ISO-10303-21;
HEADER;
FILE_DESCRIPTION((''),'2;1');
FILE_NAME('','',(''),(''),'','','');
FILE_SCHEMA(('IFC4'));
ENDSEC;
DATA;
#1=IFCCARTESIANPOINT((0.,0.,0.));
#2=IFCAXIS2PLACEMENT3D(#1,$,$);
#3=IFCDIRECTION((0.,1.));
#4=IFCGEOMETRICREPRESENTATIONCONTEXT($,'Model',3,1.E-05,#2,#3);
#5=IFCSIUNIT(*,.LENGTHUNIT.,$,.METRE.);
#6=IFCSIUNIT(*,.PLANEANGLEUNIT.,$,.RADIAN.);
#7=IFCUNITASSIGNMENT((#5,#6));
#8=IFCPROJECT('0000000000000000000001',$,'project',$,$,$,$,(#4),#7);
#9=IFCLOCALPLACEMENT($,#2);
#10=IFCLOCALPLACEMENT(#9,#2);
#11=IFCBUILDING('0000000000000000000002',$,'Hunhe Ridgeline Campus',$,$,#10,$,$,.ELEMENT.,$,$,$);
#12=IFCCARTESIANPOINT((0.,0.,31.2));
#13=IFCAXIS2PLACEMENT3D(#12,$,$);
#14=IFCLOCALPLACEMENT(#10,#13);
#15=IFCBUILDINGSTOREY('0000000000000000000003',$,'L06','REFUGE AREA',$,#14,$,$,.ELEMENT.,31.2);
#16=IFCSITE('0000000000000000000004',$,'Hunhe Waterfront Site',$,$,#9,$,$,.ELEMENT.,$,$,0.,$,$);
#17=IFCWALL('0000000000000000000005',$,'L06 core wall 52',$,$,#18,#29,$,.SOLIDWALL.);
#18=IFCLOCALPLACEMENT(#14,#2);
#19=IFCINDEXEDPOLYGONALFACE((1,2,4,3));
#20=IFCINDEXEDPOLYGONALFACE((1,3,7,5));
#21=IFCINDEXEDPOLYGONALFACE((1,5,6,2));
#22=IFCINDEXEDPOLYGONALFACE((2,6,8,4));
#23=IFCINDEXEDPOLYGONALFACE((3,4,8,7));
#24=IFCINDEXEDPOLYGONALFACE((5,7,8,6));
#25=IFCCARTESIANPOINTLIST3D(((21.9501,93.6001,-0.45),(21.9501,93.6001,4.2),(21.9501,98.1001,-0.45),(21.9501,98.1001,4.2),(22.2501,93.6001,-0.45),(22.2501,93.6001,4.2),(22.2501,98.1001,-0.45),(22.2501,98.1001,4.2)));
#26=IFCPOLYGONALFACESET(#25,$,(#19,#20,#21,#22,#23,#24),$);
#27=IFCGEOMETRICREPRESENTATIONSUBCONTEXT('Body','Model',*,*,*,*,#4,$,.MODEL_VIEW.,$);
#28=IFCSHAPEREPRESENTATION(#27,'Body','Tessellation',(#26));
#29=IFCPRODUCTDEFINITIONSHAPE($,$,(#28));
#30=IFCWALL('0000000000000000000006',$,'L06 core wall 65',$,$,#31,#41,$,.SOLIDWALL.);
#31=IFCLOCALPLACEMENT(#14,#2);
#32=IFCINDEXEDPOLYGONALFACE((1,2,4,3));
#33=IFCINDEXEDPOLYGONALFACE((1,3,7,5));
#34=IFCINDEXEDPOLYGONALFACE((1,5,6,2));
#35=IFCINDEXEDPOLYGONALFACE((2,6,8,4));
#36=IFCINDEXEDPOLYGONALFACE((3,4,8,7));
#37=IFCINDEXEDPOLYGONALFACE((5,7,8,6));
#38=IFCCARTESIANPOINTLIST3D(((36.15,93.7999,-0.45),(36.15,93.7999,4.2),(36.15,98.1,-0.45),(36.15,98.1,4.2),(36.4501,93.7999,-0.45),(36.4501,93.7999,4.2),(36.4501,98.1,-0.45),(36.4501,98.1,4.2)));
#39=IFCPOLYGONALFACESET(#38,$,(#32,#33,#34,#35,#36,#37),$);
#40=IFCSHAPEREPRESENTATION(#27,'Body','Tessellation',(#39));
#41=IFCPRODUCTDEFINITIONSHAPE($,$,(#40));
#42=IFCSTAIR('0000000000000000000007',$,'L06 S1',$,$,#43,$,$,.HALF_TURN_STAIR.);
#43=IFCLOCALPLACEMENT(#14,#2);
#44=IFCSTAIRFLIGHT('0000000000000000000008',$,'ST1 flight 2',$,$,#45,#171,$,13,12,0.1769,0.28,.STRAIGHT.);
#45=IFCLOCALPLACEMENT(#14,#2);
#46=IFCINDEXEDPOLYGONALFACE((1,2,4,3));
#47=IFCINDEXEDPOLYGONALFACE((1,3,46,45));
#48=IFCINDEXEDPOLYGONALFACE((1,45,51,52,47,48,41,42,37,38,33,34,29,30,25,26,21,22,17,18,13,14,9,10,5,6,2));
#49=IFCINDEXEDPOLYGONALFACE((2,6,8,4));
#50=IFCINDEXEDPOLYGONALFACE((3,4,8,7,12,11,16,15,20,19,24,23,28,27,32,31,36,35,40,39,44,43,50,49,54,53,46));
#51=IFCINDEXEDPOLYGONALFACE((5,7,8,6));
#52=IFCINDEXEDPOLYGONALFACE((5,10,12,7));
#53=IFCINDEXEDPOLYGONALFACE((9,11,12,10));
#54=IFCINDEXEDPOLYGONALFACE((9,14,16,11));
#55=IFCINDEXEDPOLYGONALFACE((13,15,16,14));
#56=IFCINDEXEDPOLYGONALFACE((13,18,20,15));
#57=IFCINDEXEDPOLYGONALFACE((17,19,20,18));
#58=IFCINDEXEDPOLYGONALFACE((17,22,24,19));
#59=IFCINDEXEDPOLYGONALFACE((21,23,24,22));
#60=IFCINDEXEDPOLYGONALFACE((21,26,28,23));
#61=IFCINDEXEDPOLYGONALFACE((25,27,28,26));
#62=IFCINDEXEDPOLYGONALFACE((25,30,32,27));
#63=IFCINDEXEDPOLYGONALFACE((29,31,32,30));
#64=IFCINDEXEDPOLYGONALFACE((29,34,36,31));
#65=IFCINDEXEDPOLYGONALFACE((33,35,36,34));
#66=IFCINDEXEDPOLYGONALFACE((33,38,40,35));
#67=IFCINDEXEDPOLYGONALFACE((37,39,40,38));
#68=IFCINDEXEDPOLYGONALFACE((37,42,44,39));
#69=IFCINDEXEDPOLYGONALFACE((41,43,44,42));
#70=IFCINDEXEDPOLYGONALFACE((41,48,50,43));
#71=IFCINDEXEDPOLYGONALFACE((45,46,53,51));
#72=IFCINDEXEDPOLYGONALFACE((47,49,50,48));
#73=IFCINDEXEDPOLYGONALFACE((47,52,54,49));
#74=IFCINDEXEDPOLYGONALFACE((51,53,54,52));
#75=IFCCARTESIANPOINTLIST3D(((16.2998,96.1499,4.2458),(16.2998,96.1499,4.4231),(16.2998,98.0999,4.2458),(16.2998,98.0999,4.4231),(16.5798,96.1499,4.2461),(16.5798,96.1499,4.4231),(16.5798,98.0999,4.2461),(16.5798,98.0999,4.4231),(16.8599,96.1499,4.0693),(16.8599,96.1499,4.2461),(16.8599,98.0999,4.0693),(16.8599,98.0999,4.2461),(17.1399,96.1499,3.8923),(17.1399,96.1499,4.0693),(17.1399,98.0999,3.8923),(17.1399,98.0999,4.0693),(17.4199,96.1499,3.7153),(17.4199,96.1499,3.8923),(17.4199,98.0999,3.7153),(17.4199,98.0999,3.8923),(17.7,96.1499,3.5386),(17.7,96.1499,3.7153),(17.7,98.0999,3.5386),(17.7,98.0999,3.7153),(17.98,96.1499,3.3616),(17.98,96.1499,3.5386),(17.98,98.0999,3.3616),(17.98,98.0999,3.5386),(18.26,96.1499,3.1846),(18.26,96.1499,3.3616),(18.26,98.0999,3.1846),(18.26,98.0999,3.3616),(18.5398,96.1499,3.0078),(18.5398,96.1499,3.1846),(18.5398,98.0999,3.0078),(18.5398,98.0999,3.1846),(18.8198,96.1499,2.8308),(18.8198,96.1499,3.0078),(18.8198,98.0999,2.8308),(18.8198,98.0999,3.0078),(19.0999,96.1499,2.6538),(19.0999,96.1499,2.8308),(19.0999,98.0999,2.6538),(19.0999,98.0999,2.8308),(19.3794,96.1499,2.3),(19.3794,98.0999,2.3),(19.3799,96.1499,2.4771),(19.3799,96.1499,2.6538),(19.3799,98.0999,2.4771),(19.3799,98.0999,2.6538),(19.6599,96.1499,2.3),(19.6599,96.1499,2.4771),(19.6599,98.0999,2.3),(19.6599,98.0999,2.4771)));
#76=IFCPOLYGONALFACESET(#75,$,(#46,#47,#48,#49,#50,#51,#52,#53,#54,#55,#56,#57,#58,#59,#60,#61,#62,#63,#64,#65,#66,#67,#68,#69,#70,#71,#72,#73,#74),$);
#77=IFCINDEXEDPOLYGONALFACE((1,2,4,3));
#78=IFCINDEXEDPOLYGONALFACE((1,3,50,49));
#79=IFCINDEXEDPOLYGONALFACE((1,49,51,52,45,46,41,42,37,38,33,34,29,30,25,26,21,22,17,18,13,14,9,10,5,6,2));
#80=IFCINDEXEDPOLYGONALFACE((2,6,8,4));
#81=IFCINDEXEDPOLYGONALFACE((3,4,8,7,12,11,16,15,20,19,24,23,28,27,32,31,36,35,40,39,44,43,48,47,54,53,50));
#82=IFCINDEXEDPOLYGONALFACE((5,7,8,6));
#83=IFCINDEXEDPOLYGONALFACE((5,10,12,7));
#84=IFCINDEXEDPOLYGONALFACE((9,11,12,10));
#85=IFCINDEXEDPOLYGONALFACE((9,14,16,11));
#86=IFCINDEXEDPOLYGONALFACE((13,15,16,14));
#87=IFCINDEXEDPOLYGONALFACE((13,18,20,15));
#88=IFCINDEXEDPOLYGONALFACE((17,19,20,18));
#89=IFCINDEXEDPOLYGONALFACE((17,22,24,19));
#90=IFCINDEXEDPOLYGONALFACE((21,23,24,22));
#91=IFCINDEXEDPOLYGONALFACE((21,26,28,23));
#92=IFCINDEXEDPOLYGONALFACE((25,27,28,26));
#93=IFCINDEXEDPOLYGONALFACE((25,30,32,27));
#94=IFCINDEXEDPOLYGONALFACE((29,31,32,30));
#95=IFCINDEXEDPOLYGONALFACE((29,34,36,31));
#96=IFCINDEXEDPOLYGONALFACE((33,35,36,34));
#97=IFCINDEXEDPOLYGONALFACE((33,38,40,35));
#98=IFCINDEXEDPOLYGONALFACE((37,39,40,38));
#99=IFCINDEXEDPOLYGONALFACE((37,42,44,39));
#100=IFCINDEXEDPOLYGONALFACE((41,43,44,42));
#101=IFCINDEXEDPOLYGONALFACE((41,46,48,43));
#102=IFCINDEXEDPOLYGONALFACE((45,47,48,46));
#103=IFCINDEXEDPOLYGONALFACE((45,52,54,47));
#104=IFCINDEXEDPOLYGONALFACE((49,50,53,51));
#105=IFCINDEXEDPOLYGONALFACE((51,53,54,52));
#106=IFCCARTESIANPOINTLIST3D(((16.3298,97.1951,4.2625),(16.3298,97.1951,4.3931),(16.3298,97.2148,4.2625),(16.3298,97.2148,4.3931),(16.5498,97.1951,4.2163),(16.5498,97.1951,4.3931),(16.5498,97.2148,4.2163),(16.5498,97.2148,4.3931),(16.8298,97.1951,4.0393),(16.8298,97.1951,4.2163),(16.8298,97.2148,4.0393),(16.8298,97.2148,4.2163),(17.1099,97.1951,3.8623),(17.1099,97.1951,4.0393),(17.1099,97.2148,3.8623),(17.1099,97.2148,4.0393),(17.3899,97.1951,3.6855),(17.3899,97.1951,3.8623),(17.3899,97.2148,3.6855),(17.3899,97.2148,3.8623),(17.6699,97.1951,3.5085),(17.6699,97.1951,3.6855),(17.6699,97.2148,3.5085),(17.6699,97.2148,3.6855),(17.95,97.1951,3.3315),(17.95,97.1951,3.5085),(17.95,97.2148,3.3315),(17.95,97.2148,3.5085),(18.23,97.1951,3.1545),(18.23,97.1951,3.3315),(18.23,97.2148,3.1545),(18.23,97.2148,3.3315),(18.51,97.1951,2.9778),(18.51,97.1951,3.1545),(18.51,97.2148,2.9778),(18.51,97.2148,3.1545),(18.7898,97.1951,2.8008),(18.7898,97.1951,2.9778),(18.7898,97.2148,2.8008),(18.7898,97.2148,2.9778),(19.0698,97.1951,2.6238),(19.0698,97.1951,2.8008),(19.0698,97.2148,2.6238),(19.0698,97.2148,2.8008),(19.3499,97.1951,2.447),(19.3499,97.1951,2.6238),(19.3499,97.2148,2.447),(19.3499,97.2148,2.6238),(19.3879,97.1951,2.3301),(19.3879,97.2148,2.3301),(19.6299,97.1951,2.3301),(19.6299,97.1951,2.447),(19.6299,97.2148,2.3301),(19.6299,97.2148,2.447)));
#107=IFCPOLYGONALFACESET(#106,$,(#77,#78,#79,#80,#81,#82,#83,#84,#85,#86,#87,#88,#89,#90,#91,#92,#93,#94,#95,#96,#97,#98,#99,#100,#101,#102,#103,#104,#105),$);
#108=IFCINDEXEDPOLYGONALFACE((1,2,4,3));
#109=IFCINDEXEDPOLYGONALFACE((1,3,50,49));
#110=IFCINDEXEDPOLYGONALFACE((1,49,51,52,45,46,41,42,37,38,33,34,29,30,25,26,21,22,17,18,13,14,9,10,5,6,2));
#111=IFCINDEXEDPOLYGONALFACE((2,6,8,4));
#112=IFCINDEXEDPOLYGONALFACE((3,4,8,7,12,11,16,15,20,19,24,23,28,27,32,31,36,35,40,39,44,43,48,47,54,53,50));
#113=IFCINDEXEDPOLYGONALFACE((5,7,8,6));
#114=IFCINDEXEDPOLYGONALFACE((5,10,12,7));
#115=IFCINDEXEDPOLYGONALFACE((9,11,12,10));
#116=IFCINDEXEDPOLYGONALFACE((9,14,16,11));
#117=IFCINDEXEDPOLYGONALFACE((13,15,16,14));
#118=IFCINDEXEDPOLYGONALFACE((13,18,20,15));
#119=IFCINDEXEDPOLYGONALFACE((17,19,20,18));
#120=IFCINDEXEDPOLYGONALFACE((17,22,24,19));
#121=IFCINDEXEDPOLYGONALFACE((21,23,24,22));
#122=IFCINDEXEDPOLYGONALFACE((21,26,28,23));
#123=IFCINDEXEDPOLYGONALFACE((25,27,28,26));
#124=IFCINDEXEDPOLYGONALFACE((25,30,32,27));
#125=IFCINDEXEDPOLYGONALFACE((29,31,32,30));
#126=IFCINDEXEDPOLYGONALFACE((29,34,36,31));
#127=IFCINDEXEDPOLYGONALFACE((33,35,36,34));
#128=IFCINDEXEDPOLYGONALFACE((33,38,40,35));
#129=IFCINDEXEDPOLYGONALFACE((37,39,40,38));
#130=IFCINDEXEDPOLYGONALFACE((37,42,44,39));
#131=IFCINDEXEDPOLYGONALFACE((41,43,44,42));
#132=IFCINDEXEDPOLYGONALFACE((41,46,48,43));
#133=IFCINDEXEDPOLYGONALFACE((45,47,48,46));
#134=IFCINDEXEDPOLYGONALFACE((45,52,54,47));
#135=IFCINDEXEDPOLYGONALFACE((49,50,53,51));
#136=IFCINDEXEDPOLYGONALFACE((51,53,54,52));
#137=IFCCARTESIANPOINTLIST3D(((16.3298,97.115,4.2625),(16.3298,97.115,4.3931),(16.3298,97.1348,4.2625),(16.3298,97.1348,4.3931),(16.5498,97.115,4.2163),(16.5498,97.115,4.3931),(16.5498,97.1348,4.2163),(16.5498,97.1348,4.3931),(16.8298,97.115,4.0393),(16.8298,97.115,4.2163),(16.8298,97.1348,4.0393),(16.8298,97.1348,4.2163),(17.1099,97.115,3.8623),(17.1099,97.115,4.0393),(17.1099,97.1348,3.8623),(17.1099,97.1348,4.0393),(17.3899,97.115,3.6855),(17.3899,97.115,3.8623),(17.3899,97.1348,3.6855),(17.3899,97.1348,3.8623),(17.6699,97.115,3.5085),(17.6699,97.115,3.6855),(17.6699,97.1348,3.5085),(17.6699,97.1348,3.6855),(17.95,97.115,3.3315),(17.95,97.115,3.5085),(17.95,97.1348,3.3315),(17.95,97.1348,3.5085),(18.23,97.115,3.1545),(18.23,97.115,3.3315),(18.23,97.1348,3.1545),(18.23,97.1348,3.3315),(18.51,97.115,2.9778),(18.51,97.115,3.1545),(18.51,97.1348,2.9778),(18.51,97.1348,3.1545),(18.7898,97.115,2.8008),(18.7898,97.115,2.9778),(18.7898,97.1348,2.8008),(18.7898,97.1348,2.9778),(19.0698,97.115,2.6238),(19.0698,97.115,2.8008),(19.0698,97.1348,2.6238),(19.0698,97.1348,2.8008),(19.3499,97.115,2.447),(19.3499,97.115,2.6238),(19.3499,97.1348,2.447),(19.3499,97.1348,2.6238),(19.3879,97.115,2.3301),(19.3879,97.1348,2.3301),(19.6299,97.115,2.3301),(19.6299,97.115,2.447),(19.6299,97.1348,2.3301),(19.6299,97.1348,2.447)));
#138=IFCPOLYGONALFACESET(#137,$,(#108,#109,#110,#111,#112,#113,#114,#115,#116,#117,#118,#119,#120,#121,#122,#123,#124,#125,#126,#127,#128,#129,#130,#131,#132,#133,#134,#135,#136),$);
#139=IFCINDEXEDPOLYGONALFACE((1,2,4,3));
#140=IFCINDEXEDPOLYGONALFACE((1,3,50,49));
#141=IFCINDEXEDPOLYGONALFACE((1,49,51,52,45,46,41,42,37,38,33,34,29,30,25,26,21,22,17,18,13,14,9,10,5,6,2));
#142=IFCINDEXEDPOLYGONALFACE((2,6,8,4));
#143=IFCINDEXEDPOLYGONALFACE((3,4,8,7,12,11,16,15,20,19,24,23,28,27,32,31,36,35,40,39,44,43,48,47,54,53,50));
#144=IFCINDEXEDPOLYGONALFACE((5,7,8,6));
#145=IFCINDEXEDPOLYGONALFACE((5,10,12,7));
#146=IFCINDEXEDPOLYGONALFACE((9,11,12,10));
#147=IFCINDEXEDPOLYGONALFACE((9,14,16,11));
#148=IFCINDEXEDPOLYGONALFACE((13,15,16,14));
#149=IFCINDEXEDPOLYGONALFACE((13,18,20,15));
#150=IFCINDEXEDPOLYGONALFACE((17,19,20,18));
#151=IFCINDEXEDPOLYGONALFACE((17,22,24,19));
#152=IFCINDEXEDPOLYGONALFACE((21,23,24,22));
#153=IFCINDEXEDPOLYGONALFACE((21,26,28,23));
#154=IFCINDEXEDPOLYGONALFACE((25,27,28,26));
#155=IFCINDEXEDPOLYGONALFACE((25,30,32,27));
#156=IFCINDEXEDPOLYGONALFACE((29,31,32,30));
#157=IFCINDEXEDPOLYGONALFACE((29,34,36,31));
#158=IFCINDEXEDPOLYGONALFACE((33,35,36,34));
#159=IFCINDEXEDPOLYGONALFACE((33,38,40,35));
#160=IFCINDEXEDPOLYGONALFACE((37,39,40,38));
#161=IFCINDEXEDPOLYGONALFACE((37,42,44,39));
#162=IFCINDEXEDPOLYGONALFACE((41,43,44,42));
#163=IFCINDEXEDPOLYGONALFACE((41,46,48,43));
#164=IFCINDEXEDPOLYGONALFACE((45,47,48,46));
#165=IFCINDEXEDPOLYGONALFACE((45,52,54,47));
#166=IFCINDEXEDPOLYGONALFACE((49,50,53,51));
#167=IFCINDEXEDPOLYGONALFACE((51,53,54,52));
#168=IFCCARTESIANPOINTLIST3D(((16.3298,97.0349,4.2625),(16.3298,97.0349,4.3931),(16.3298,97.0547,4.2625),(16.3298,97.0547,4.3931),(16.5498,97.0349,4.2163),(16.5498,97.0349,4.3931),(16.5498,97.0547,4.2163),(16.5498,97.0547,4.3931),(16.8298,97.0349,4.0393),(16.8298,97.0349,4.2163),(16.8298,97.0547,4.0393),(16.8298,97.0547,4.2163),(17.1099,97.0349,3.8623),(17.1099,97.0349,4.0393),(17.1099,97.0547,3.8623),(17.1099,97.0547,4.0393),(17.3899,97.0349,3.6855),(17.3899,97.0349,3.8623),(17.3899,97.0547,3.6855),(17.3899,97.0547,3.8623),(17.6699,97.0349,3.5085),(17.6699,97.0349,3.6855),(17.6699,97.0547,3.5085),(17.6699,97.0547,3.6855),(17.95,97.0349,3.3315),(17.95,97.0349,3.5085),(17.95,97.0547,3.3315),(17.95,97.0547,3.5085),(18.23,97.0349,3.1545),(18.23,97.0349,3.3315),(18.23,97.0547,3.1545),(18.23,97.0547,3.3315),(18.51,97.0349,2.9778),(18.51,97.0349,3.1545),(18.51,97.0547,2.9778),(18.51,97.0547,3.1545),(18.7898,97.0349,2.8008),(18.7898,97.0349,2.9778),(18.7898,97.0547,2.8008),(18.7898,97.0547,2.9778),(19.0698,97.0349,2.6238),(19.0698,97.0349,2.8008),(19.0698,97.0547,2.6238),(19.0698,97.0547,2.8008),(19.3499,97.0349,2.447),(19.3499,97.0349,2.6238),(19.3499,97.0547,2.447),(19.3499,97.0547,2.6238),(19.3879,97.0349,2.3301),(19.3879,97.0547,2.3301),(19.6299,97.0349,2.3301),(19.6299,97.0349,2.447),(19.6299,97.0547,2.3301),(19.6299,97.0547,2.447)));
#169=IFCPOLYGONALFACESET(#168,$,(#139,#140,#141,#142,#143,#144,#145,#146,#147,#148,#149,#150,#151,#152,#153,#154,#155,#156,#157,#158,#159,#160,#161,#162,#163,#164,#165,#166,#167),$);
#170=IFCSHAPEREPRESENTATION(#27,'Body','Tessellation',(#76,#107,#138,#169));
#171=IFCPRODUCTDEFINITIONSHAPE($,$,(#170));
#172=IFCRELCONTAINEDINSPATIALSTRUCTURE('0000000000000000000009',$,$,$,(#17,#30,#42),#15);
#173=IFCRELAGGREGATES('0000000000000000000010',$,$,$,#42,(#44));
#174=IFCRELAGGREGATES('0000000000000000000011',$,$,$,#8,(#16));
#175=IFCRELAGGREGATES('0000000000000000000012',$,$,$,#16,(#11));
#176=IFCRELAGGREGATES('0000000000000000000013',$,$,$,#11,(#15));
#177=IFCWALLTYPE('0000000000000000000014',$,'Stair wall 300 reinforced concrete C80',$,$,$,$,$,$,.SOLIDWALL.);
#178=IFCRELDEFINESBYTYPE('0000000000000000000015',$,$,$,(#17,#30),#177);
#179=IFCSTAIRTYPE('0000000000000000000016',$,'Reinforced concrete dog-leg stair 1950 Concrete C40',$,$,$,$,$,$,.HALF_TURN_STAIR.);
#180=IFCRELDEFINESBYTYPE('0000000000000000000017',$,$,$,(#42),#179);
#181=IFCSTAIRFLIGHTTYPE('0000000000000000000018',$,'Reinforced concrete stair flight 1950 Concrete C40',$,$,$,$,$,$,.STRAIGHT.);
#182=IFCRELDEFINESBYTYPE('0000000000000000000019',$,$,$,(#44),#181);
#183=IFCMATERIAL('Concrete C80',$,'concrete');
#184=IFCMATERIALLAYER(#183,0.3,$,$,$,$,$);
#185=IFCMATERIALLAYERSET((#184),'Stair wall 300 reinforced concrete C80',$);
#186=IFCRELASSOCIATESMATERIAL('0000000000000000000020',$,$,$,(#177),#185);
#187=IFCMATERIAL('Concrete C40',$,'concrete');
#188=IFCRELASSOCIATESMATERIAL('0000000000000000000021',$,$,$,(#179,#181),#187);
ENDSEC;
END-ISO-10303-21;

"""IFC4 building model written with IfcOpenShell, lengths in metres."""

from ifc_helpers import new_model, si_unit, direction, frame, frame_2d, origin, place, context, subcontext, project, spatial, polyline, rectangle, outline, extrude, material, layer, layer_set, type_object, element, aggregate, save


model = new_model("IFC4")

# Units and contexts
model_context = context("Model", 3, precision=1e-05, world=origin(), true_north=direction((0.0, 1.0)))
body_context = subcontext(model_context, "Body", "Model", "MODEL_VIEW")
ifc_project = project(units=[si_unit("LENGTHUNIT", "METRE"), si_unit("PLANEANGLEUNIT", "RADIAN")], contexts=[model_context])

# Site, building, storey
site_placement = place(None, origin())
site = spatial("IfcSite", under=ifc_project, at=site_placement, Name="Hunhe Waterfront Site", CompositionType="ELEMENT", RefElevation=0.0)
building_placement = place(site_placement, origin())
building = spatial("IfcBuilding", under=site, at=building_placement, Name="Hunhe Ridgeline Campus", CompositionType="ELEMENT")
storey_placement = place(building_placement, frame((0.0, 0.0, 31.2)))
storey = spatial("IfcBuildingStorey", under=building, at=storey_placement, Name="L06", Description="REFUGE AREA", CompositionType="ELEMENT", Elevation=31.2)

# Shared definitions
ifc_material_1 = material(Name="Concrete C80", Category="concrete")

# Shared definitions
ifc_layer_1 = layer(ifc_material_1, 0.3)
ifc_layer_set_1 = layer_set([ifc_layer_1], Name="Stair wall 300 reinforced concrete C80")
wall_type_1 = type_object("IfcWallType", Name="Stair wall 300 reinforced concrete C80", PredefinedType="SOLIDWALL", material=ifc_layer_set_1)

# Walls
wall_1_placement = place(storey_placement, frame((22.1001, 93.6001, -0.45), z_axis=(0.0, 0.0, 1.0), x_axis=(0.0, 1.0, 0.0)))
element("IfcWall", 1, at=wall_1_placement, inside=storey, type_object=wall_type_1, Name="L06 core wall 52", PredefinedType="SOLIDWALL", context=body_context, shape_type="SweptSolid", body=[
    extrude(rectangle(XDim=4.5, YDim=0.3, at=frame_2d((2.25, 0.0))), origin(), (0.0, 0.0, 1.0), 4.6499),
])
wall_2_placement = place(storey_placement, frame((36.3, 93.8, -0.45), z_axis=(0.0, 0.0, 1.0), x_axis=(0.0, 1.0, 0.0)))
element("IfcWall", 2, at=wall_2_placement, inside=storey, type_object=wall_type_1, Name="L06 core wall 65", PredefinedType="SOLIDWALL", context=body_context, shape_type="SweptSolid", body=[
    extrude(rectangle(XDim=4.3, YDim=0.3, at=frame_2d((2.1499, 0.0))), origin(), (0.0, 0.0, 1.0), 4.6499),
])

# Stair, stair flight
ifc_material_2 = material(Name="Concrete C40", Category="concrete")
stair_type = type_object("IfcStairType", Name="Reinforced concrete dog-leg stair 1950 Concrete C40", PredefinedType="HALF_TURN_STAIR", material=ifc_material_2)
stair_1_placement = place(storey_placement, origin())
stair_1 = element("IfcStair", 3, at=stair_1_placement, inside=storey, type_object=stair_type, Name="L06 S1", PredefinedType="HALF_TURN_STAIR")
stair_flight_type = type_object("IfcStairFlightType", Name="Reinforced concrete stair flight 1950 Concrete C40", PredefinedType="STRAIGHT", material=ifc_material_2)
stair_flight_1_placement = place(storey_placement, frame((19.6599, 97.125, 2.3), z_axis=(0.0, 0.0, 1.0), x_axis=(-1.0, 0.0, 0.0)))
stair_flight_1 = element("IfcStairFlight", 4, at=stair_flight_1_placement, type_object=stair_flight_type, Name="ST1 flight 2", NumberOfRisers=13, NumberOfTreads=12, PredefinedType="STRAIGHT", RiserHeight=0.1769, TreadLength=0.28, context=body_context, shape_type="SweptSolid", body=[
    extrude(outline(polyline([(0.0, 0.0), (0.0, 0.177), (0.28, 0.177), (0.28, 0.3538), (0.5601, 0.3538), (0.5601, 0.5308), (0.8401, 0.5308), (0.8401, 0.7078), (1.1201, 0.7078), (1.1201, 0.8845), (1.3999, 0.8845), (1.3999, 1.0615), (1.6799, 1.0615), (1.6799, 1.2385), (1.96, 1.2385), (1.96, 1.4153), (2.24, 1.4153), (2.24, 1.5923), (2.52, 1.5923), (2.52, 1.7693), (2.8, 1.7693), (2.8, 1.946), (3.0801, 1.946), (3.0801, 2.123), (3.3601, 2.123), (3.3601, 2.3), (3.3601, 1.9458), (0.2805, 0.0), (0.0, 0.0)])), frame((0.0, 0.9751, 0.0), z_axis=(0.0, -1.0, 0.0), x_axis=(1.0, 0.0, 0.0)), (0.0, 0.0, 1.0), 1.95),
    extrude(outline(polyline([(0.03, 0.03), (0.03, 0.147), (0.3101, 0.147), (0.3101, 0.3237), (0.5901, 0.3237), (0.5901, 0.5007), (0.8701, 0.5007), (0.8701, 0.6777), (1.1499, 0.6777), (1.1499, 0.8545), (1.4299, 0.8545), (1.4299, 1.0315), (1.71, 1.0315), (1.71, 1.2085), (1.99, 1.2085), (1.99, 1.3855), (2.27, 1.3855), (2.27, 1.5623), (2.55, 1.5623), (2.55, 1.7393), (2.8301, 1.7393), (2.8301, 1.9163), (3.1101, 1.9163), (3.1101, 2.093), (3.3301, 2.093), (3.3301, 1.9624), (0.272, 0.03), (0.03, 0.03)])), frame((0.0, -0.0701, 0.0), z_axis=(0.0, -1.0, 0.0), x_axis=(1.0, 0.0, 0.0)), (0.0, 0.0, 1.0), 0.0198),
    extrude(outline(polyline([(0.03, 0.03), (0.03, 0.147), (0.3101, 0.147), (0.3101, 0.3237), (0.5901, 0.3237), (0.5901, 0.5007), (0.8701, 0.5007), (0.8701, 0.6777), (1.1499, 0.6777), (1.1499, 0.8545), (1.4299, 0.8545), (1.4299, 1.0315), (1.71, 1.0315), (1.71, 1.2085), (1.99, 1.2085), (1.99, 1.3855), (2.27, 1.3855), (2.27, 1.5623), (2.55, 1.5623), (2.55, 1.7393), (2.8301, 1.7393), (2.8301, 1.9163), (3.1101, 1.9163), (3.1101, 2.093), (3.3301, 2.093), (3.3301, 1.9624), (0.272, 0.03), (0.03, 0.03)])), frame((0.0, 0.01, 0.0), z_axis=(0.0, -1.0, 0.0), x_axis=(1.0, 0.0, 0.0)), (0.0, 0.0, 1.0), 0.0198),
    extrude(outline(polyline([(0.03, 0.03), (0.03, 0.147), (0.3101, 0.147), (0.3101, 0.3237), (0.5901, 0.3237), (0.5901, 0.5007), (0.8701, 0.5007), (0.8701, 0.6777), (1.1499, 0.6777), (1.1499, 0.8545), (1.4299, 0.8545), (1.4299, 1.0315), (1.71, 1.0315), (1.71, 1.2085), (1.99, 1.2085), (1.99, 1.3855), (2.27, 1.3855), (2.27, 1.5623), (2.55, 1.5623), (2.55, 1.7393), (2.8301, 1.7393), (2.8301, 1.9163), (3.1101, 1.9163), (3.1101, 2.093), (3.3301, 2.093), (3.3301, 1.9624), (0.272, 0.03), (0.03, 0.03)])), frame((0.0, 0.0901, 0.0), z_axis=(0.0, -1.0, 0.0), x_axis=(1.0, 0.0, 0.0)), (0.0, 0.0, 1.0), 0.0198),
])
aggregate(stair_1, [stair_flight_1])

save(model, "model.ifc")
